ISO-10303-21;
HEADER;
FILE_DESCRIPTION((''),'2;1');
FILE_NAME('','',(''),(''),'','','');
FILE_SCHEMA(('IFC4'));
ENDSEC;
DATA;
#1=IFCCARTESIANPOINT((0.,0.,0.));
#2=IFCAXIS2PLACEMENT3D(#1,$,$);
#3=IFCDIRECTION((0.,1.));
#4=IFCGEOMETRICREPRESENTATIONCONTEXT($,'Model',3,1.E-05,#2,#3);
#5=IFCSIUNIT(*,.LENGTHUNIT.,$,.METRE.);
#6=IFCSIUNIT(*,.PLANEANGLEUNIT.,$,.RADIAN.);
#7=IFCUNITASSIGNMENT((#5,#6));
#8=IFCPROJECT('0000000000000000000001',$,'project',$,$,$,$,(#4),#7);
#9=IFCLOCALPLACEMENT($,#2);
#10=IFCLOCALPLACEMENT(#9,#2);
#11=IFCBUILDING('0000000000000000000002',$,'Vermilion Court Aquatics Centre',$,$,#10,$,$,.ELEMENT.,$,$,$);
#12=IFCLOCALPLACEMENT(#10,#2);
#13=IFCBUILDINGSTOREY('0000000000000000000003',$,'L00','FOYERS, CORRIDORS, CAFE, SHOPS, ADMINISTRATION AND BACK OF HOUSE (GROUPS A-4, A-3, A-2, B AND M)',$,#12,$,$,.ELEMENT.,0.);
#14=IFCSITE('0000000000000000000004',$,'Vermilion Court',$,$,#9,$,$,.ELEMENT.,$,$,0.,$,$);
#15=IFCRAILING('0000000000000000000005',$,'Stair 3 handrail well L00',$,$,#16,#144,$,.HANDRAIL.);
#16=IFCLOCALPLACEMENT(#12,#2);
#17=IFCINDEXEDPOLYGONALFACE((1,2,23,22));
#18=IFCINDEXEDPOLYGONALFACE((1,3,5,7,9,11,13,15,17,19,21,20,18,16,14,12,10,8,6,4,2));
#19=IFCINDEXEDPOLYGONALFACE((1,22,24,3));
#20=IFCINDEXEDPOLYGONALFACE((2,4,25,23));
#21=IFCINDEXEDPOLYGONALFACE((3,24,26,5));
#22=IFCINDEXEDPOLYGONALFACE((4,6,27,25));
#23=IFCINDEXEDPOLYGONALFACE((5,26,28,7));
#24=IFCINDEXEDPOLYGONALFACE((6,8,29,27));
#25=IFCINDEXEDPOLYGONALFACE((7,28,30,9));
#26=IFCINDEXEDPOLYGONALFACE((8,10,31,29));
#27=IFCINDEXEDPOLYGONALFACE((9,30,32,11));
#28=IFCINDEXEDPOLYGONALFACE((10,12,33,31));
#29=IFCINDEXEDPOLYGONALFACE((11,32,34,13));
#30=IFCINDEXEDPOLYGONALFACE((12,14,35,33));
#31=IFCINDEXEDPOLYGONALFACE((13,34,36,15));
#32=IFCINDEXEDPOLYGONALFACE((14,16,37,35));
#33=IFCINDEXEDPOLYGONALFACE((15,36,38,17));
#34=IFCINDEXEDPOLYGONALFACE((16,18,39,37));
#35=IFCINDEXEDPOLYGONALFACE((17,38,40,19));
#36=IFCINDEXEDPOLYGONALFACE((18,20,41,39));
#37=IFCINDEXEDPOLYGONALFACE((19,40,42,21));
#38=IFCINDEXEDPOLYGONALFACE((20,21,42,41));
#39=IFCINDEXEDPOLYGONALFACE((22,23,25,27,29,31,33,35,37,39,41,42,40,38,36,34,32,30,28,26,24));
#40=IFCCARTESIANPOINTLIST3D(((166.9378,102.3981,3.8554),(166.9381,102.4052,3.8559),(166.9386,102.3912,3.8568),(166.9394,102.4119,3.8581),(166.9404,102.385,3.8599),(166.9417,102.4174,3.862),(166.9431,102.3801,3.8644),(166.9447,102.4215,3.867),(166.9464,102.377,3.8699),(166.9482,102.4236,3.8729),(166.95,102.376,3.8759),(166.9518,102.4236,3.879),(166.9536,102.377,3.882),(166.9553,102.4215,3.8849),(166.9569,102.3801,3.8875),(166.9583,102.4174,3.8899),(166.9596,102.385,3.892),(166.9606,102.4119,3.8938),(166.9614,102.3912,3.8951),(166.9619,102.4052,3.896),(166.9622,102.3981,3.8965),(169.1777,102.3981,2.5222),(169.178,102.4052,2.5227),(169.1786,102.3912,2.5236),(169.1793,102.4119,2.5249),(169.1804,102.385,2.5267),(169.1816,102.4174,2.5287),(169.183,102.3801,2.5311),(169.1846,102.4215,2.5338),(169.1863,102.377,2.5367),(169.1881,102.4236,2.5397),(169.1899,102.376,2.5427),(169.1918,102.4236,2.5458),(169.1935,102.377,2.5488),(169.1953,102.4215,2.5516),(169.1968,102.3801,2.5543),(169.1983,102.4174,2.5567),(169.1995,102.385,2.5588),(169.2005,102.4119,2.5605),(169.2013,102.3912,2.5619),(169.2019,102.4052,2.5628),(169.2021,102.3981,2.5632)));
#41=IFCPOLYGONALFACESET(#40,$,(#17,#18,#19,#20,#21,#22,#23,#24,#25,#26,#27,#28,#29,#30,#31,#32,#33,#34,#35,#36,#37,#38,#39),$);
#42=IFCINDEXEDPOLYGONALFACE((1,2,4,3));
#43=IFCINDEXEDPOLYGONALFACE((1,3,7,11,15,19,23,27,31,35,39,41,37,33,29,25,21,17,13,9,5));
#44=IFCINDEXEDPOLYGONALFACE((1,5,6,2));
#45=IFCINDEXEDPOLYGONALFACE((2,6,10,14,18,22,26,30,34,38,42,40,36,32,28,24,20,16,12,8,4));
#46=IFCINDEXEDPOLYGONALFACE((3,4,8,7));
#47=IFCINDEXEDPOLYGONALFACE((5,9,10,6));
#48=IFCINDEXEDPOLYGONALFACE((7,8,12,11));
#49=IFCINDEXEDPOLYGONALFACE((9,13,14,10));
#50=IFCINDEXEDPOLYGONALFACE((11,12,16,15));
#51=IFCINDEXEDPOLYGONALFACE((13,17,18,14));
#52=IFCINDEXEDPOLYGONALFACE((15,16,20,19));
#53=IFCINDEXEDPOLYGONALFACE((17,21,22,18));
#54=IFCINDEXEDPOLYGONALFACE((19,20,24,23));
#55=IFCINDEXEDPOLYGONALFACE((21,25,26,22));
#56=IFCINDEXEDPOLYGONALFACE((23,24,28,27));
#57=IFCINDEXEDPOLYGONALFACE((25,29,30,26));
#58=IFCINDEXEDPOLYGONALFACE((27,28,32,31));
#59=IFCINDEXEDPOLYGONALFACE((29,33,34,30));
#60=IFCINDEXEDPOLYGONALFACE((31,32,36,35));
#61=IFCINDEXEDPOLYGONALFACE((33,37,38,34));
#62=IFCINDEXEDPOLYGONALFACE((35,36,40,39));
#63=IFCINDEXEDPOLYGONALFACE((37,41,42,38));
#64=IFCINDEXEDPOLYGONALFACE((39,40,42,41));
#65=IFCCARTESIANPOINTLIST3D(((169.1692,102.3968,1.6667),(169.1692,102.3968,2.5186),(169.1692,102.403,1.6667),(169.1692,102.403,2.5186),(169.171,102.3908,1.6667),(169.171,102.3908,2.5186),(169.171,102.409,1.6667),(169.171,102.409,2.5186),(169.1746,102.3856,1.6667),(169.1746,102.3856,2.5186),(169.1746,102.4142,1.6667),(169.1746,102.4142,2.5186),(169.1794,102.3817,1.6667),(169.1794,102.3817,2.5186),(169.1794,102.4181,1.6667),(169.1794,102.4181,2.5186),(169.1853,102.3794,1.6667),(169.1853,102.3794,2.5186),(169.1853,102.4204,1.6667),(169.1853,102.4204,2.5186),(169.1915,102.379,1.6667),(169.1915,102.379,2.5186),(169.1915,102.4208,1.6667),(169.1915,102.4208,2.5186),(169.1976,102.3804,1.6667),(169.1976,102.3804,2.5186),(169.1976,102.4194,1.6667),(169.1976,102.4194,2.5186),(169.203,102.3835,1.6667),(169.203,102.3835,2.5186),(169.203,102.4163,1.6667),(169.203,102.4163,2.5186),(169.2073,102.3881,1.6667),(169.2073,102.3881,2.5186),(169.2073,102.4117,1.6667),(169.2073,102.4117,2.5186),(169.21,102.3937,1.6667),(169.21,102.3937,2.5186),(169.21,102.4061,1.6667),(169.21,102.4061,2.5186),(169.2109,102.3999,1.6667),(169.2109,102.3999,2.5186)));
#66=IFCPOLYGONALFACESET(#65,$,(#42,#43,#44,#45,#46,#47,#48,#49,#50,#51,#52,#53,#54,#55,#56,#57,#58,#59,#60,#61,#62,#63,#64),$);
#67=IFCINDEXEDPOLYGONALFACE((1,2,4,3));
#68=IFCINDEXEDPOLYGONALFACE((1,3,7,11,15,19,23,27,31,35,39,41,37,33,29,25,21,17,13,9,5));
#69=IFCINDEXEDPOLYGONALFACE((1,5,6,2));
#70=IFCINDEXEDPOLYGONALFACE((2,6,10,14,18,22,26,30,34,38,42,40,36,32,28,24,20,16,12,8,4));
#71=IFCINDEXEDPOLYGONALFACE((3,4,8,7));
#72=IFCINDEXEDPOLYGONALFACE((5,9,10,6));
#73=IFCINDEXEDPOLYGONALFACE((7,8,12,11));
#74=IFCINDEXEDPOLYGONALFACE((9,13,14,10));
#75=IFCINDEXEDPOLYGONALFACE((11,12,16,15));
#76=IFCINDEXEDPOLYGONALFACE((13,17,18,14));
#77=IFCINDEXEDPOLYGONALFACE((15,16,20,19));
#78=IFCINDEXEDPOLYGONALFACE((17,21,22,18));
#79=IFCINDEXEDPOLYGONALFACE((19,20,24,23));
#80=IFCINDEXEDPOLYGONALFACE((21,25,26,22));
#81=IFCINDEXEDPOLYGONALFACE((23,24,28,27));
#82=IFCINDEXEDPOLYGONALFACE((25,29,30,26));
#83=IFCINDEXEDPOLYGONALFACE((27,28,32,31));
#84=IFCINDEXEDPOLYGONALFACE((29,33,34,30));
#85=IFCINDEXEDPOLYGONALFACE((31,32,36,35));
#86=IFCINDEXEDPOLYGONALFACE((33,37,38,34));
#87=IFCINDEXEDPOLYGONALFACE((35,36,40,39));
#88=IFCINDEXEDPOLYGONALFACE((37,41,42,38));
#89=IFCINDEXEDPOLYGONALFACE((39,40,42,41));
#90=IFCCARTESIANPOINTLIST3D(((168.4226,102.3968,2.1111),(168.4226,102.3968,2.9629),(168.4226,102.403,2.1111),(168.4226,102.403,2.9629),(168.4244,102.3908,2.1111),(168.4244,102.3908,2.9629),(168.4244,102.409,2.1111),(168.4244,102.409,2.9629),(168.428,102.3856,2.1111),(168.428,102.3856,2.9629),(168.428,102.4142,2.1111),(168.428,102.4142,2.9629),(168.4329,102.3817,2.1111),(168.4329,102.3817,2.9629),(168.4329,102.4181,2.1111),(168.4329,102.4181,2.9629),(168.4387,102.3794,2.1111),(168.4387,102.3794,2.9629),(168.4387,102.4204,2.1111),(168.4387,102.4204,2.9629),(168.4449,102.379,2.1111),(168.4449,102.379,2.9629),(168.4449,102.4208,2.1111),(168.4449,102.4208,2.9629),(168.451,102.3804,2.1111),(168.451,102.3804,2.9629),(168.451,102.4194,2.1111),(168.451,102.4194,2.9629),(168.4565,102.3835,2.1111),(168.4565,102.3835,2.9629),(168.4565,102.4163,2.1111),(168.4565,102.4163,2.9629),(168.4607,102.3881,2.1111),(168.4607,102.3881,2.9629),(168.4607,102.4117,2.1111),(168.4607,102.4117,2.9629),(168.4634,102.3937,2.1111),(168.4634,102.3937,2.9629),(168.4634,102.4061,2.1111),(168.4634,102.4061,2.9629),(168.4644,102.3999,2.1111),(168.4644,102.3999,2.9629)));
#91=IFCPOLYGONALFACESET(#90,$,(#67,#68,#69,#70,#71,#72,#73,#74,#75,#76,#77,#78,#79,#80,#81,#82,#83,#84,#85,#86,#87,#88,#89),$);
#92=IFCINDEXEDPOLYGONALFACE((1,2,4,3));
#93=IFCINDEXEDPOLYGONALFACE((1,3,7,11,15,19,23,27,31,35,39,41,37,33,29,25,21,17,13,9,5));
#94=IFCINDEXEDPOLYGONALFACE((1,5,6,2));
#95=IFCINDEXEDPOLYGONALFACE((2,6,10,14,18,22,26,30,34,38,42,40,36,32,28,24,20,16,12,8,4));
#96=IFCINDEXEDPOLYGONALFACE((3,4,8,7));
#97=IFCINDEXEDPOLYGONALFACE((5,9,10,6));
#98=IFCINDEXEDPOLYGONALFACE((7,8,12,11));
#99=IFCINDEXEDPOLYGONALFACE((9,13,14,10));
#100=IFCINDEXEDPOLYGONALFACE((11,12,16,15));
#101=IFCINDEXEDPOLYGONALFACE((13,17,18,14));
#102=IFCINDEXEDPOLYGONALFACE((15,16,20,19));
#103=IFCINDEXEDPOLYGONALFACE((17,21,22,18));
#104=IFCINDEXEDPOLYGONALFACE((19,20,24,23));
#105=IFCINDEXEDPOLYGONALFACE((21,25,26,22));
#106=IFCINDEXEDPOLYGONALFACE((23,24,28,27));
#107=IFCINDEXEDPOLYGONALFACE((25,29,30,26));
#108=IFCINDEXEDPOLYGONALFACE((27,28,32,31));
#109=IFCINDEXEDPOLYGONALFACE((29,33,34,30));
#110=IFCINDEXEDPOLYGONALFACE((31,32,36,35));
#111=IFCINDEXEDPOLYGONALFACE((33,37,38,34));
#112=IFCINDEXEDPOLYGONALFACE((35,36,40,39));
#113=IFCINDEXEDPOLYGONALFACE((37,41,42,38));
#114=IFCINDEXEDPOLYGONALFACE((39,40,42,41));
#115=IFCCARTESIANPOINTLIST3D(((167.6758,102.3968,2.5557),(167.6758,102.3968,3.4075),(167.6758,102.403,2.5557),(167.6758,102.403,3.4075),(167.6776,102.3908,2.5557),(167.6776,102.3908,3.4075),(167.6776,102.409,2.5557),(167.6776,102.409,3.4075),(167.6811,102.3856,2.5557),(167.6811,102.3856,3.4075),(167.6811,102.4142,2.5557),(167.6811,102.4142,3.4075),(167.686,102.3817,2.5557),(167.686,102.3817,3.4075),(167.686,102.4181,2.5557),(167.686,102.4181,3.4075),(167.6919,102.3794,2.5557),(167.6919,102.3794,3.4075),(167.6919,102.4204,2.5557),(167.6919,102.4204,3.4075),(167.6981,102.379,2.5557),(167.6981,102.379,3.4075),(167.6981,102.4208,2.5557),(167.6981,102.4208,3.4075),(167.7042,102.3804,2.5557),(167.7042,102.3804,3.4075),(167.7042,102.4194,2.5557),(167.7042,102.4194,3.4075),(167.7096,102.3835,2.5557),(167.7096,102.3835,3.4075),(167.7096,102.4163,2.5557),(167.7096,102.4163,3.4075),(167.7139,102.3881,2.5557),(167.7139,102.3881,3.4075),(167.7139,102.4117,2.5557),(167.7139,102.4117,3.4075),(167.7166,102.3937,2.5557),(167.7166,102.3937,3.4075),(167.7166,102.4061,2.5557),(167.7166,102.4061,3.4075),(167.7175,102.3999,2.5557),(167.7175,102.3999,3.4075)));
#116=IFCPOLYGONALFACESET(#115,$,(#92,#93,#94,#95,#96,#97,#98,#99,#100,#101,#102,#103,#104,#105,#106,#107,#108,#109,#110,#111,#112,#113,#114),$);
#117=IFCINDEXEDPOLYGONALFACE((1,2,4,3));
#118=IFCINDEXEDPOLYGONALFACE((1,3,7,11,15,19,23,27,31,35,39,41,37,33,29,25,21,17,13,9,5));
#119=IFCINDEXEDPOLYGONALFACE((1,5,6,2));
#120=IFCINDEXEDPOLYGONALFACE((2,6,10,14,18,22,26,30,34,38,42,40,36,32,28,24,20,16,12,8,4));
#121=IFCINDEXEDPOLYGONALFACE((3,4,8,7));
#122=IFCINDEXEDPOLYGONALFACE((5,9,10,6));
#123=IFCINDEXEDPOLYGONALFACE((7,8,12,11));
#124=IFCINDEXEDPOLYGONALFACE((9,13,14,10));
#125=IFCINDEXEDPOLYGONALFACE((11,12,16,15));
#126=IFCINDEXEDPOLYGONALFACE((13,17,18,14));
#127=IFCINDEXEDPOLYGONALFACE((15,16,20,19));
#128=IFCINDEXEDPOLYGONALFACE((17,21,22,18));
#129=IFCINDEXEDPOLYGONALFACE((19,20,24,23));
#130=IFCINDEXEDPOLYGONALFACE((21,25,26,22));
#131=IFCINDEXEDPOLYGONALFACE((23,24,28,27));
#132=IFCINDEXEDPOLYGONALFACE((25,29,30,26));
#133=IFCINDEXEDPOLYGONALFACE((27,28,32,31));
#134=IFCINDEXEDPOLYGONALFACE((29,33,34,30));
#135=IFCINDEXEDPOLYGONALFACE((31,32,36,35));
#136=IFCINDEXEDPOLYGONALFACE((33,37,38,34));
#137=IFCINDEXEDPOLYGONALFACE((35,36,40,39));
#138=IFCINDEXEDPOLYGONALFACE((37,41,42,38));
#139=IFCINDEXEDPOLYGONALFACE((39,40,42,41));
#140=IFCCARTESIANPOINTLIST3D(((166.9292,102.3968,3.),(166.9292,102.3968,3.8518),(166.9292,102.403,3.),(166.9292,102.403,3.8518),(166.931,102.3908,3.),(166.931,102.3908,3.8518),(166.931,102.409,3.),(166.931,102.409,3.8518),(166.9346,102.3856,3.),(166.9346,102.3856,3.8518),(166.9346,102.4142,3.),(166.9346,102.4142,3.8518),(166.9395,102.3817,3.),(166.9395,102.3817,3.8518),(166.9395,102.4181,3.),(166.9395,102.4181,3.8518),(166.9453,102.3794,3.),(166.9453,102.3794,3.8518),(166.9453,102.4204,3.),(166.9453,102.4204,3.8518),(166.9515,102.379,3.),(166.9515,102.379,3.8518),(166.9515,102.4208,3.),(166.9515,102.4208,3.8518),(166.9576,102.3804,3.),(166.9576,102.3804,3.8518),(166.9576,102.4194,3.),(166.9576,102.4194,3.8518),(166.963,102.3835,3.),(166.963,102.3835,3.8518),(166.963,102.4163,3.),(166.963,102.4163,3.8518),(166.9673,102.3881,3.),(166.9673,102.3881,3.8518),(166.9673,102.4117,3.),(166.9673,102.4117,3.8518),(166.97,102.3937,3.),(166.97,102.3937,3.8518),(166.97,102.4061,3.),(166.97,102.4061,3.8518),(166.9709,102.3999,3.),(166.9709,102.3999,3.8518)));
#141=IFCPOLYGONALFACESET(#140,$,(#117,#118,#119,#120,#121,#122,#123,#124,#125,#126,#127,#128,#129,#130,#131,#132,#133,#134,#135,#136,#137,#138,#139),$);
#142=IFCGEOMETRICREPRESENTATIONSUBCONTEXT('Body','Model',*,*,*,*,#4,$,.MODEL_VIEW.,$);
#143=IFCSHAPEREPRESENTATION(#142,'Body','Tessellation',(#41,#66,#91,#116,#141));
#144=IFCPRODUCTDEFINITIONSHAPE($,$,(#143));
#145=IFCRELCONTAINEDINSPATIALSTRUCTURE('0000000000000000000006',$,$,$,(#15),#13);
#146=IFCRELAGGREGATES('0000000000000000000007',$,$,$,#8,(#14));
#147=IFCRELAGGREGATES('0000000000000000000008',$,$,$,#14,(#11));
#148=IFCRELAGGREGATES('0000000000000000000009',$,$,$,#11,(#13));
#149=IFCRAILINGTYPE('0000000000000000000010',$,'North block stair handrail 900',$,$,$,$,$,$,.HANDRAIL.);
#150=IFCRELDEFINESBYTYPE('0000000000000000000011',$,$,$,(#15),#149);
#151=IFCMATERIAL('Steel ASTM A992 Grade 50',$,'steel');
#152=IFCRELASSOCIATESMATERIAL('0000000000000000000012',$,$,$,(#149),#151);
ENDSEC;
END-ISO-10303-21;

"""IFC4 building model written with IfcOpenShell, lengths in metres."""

from ifc_helpers import new_model, si_unit, direction, frame, origin, origin_2d, place, context, subcontext, project, spatial, circle, extrude, material, type_object, element, save


model = new_model("IFC4")

# Units and contexts
model_context = context("Model", 3, precision=1e-05, world=origin(), true_north=direction((0.0, 1.0)))
body_context = subcontext(model_context, "Body", "Model", "MODEL_VIEW")
ifc_project = project(units=[si_unit("LENGTHUNIT", "METRE"), si_unit("PLANEANGLEUNIT", "RADIAN")], contexts=[model_context])

# Site, building, storey
site_placement = place(None, origin())
site = spatial("IfcSite", under=ifc_project, at=site_placement, Name="Vermilion Court", CompositionType="ELEMENT", RefElevation=0.0)
building_placement = place(site_placement, origin())
building = spatial("IfcBuilding", under=site, at=building_placement, Name="Vermilion Court Aquatics Centre", CompositionType="ELEMENT")
storey_placement = place(building_placement, origin())
storey = spatial("IfcBuildingStorey", under=building, at=storey_placement, Name="L00", Description="FOYERS, CORRIDORS, CAFE, SHOPS, ADMINISTRATION AND BACK OF HOUSE (GROUPS A-4, A-3, A-2, B AND M)", CompositionType="ELEMENT", Elevation=0.0)

# Railing
ifc_material_1 = material(Name="Steel ASTM A992 Grade 50", Category="steel")
railing_type_1 = type_object("IfcRailingType", Name="North block stair handrail 900", PredefinedType="HANDRAIL", material=ifc_material_1)
for number, where, name in (
    (1, (169.1899, 102.3999, 1.6667), "Stair 3 handrail well L00"),
):
    element("IfcRailing", number, at=place(storey_placement, frame(where)), inside=storey, type_object=railing_type_1, Name=name, PredefinedType="HANDRAIL", context=body_context, shape_type="SweptSolid", body=[
        extrude(circle(Radius=0.0239, at=origin_2d()), frame((0.0, 0.0, 0.876), z_axis=(-0.859306, 0.0, 0.511462), x_axis=(0.0, -1.0, 0.0)), (0.0, 0.0, 1.0), 2.6067),
        extrude(circle(Radius=0.021, at=origin_2d()), origin(), (0.0, 0.0, 1.0), 0.8518),
        extrude(circle(Radius=0.021, at=origin_2d()), frame((-0.7466, 0.0, 0.4443)), (0.0, 0.0, 1.0), 0.8518),
        extrude(circle(Radius=0.021, at=origin_2d()), frame((-1.4934, 0.0, 0.8889)), (0.0, 0.0, 1.0), 0.8518),
        extrude(circle(Radius=0.021, at=origin_2d()), frame((-2.24, 0.0, 1.3333)), (0.0, 0.0, 1.0), 0.8518),
    ])

save(model, "model.ifc")
